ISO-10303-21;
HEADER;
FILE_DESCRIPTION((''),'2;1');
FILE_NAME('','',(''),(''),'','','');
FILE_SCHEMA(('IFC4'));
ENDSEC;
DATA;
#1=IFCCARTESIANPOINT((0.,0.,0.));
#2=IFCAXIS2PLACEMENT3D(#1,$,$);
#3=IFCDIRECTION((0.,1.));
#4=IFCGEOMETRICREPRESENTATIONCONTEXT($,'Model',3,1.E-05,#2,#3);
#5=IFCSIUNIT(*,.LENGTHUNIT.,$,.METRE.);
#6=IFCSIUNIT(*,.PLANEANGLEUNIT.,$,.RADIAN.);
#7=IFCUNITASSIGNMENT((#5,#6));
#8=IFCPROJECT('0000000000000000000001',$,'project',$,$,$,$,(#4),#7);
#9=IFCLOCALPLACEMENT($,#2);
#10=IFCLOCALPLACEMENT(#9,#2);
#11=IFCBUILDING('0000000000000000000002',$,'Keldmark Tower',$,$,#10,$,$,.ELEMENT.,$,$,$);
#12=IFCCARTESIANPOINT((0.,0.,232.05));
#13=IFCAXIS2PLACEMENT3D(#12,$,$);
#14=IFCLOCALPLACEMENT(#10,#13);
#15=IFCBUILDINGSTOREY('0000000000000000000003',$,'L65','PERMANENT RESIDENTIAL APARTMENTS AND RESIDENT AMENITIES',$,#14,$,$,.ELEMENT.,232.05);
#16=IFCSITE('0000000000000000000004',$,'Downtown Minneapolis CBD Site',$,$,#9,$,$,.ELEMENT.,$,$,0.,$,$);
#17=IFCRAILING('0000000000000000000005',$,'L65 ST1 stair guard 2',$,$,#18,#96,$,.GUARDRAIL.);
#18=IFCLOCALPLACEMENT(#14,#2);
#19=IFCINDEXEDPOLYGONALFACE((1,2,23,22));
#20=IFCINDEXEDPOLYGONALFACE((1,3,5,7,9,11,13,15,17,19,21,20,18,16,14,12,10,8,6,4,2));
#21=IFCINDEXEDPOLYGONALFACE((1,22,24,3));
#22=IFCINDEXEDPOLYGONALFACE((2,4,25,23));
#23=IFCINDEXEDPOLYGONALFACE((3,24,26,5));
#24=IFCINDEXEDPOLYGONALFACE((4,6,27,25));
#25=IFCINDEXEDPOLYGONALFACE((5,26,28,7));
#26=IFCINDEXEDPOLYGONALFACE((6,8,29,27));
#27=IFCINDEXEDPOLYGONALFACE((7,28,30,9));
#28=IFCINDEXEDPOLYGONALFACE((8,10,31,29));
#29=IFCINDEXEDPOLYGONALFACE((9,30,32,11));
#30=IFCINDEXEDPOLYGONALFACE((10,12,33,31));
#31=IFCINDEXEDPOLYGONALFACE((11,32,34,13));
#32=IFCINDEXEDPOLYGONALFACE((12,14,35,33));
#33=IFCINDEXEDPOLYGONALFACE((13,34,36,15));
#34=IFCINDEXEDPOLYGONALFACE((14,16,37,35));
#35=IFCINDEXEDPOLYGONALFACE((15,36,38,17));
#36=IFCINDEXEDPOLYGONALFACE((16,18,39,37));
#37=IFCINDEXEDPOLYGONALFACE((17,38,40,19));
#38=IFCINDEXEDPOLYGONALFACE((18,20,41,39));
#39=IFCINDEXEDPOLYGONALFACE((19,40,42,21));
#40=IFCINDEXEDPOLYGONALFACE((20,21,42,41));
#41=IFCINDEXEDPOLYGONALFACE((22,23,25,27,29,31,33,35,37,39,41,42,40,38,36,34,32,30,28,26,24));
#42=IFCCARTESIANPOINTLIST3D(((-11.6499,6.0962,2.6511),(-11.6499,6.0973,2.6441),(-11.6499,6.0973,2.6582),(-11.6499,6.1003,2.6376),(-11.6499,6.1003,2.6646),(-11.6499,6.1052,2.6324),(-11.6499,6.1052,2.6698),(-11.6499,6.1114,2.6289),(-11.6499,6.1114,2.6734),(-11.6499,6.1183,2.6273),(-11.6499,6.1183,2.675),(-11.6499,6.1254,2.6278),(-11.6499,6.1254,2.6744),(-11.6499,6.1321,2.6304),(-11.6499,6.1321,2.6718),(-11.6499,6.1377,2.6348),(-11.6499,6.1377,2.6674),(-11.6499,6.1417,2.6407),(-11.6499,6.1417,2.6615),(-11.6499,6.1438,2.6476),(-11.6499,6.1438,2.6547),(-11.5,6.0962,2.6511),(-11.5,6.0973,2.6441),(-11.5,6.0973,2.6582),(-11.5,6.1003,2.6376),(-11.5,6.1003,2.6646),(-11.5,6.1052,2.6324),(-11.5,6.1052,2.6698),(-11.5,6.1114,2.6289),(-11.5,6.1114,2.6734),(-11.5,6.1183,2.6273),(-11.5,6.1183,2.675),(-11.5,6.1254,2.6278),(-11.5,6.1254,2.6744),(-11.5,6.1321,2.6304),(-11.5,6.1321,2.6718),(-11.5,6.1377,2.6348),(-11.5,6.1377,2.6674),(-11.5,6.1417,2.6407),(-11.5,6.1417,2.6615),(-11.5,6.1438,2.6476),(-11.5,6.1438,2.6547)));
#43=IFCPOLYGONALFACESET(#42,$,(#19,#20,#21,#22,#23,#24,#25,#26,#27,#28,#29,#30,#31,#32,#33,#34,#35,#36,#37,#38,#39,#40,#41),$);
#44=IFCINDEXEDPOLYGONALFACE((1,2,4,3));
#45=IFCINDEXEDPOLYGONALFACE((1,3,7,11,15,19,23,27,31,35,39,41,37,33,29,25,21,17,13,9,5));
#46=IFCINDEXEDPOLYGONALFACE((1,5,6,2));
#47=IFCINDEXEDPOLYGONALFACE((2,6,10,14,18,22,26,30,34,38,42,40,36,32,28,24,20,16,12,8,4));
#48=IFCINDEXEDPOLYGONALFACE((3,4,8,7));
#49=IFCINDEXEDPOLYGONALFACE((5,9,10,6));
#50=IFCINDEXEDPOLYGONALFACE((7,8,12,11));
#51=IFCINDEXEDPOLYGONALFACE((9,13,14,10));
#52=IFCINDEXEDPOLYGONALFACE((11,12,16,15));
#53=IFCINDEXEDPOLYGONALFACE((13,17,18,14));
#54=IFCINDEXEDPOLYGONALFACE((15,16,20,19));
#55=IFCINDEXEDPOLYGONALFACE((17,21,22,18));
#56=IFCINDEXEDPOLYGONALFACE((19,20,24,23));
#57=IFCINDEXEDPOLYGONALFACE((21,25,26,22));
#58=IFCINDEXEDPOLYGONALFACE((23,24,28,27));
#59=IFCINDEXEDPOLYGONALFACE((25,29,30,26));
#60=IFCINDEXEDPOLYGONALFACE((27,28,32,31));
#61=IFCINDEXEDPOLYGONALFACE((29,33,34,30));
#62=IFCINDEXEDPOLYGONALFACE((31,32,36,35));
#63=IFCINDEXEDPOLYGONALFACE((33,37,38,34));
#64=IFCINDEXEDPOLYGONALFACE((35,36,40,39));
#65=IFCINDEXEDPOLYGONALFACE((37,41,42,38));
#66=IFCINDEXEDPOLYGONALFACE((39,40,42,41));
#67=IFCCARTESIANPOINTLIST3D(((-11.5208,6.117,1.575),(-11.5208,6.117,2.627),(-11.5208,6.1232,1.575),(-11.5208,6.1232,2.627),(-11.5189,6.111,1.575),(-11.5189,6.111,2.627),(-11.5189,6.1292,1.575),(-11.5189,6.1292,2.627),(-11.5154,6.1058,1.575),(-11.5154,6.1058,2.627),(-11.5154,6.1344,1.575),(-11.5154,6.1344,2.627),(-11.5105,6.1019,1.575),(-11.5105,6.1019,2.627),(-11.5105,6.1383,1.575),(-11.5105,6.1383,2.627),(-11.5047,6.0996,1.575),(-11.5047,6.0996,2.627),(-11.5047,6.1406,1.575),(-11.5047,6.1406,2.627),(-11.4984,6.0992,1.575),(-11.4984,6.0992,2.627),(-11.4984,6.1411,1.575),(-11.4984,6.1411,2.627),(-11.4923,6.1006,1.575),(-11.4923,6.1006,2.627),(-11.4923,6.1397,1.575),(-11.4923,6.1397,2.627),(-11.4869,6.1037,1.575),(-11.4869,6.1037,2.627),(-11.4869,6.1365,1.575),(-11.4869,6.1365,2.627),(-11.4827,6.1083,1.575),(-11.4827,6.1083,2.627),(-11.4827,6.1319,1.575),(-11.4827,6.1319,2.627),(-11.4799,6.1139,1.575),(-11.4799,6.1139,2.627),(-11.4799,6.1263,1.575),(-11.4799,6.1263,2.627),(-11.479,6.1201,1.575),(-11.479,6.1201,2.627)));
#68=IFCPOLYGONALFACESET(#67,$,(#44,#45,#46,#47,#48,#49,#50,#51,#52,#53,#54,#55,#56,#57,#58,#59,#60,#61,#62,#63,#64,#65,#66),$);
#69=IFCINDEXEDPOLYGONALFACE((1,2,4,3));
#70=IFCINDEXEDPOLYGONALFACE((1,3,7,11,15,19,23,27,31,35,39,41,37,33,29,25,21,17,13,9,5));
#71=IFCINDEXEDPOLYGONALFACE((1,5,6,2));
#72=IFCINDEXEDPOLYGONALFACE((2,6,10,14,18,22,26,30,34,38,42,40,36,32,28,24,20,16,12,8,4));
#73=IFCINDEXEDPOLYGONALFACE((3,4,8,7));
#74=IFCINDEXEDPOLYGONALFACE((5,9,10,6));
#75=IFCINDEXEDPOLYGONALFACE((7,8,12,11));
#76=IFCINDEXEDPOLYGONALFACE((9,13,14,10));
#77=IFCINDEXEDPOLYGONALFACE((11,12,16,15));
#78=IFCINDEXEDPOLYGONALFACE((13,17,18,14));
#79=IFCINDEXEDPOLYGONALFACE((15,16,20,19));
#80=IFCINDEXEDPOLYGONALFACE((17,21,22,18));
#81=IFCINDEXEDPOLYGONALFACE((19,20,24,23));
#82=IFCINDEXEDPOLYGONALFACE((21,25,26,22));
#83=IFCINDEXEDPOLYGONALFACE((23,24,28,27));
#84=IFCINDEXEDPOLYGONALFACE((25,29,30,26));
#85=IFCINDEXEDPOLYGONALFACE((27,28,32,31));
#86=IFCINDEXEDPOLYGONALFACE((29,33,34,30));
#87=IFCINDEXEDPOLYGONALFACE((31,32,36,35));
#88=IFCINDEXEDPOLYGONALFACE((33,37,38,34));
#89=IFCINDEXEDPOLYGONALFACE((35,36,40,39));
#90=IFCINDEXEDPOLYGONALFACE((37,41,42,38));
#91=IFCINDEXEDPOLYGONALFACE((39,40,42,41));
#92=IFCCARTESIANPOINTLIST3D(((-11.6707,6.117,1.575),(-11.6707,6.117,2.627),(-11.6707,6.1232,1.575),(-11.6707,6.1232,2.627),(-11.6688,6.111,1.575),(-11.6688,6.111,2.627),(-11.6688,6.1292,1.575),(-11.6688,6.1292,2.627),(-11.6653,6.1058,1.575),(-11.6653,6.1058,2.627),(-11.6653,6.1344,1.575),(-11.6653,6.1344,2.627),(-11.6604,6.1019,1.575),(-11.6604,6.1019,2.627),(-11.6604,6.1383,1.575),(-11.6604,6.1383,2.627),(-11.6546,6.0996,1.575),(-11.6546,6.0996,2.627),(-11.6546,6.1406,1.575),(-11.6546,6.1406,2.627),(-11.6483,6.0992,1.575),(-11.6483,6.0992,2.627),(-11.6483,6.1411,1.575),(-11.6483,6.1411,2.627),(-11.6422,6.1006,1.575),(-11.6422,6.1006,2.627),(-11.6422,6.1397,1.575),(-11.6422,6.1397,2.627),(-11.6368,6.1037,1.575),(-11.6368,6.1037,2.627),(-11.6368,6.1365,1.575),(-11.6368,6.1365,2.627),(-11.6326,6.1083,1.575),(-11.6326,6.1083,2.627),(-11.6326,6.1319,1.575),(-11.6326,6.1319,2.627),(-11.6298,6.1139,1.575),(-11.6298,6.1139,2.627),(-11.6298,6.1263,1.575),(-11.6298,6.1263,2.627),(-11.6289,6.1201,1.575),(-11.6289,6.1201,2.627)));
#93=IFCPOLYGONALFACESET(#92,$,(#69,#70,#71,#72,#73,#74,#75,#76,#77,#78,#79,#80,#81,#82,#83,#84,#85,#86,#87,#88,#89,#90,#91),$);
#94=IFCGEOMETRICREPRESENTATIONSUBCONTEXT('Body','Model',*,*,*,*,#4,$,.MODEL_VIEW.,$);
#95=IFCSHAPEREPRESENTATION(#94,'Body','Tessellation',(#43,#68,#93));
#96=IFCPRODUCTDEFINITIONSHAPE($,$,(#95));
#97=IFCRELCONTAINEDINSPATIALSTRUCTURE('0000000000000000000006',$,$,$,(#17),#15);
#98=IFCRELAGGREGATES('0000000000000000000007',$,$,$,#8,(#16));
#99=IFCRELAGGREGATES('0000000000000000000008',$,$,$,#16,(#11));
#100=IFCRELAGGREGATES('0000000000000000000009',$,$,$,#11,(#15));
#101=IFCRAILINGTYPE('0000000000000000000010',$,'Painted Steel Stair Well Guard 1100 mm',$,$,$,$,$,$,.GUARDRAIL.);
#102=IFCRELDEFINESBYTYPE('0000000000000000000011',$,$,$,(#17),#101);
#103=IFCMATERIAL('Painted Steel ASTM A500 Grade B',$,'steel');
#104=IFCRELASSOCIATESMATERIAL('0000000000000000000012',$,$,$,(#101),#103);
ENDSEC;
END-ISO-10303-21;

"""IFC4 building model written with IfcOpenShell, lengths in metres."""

from ifc_helpers import new_model, si_unit, direction, frame, origin, origin_2d, place, context, subcontext, project, spatial, circle, extrude, material, type_object, element, save


model = new_model("IFC4")

# Units and contexts
model_context = context("Model", 3, precision=1e-05, world=origin(), true_north=direction((0.0, 1.0)))
body_context = subcontext(model_context, "Body", "Model", "MODEL_VIEW")
ifc_project = project(units=[si_unit("LENGTHUNIT", "METRE"), si_unit("PLANEANGLEUNIT", "RADIAN")], contexts=[model_context])

# Site, building, storey
site_placement = place(None, origin())
site = spatial("IfcSite", under=ifc_project, at=site_placement, Name="Downtown Minneapolis CBD Site", CompositionType="ELEMENT", RefElevation=0.0)
building_placement = place(site_placement, origin())
building = spatial("IfcBuilding", under=site, at=building_placement, Name="Keldmark Tower", CompositionType="ELEMENT")
storey_placement = place(building_placement, frame((0.0, 0.0, 232.05)))
storey = spatial("IfcBuildingStorey", under=building, at=storey_placement, Name="L65", Description="PERMANENT RESIDENTIAL APARTMENTS AND RESIDENT AMENITIES", CompositionType="ELEMENT", Elevation=232.05)

# Railing
ifc_material_1 = material(Name="Painted Steel ASTM A500 Grade B", Category="steel")
railing_type_1 = type_object("IfcRailingType", Name="Painted Steel Stair Well Guard 1100 mm", PredefinedType="GUARDRAIL", material=ifc_material_1)
railing_1_placement = place(storey_placement, frame((-11.5, 6.1201, 1.575)))
element("IfcRailing", 1, at=railing_1_placement, inside=storey, type_object=railing_type_1, Name="L65 ST1 stair guard 2", PredefinedType="GUARDRAIL", context=body_context, shape_type="SweptSolid", body=[
    extrude(circle(Radius=0.0239, at=origin_2d()), frame((0.0, 0.0, 1.0762), z_axis=(-1.0, 0.0, 0.0), x_axis=(0.0, -1.0, 0.0)), (0.0, 0.0, 1.0), 0.1499),
    extrude(circle(Radius=0.021, at=origin_2d()), origin(), (0.0, 0.0, 1.0), 1.052),
    extrude(circle(Radius=0.021, at=origin_2d()), frame((-0.1499, 0.0, 0.0)), (0.0, 0.0, 1.0), 1.052),
])

save(model, "model.ifc")
